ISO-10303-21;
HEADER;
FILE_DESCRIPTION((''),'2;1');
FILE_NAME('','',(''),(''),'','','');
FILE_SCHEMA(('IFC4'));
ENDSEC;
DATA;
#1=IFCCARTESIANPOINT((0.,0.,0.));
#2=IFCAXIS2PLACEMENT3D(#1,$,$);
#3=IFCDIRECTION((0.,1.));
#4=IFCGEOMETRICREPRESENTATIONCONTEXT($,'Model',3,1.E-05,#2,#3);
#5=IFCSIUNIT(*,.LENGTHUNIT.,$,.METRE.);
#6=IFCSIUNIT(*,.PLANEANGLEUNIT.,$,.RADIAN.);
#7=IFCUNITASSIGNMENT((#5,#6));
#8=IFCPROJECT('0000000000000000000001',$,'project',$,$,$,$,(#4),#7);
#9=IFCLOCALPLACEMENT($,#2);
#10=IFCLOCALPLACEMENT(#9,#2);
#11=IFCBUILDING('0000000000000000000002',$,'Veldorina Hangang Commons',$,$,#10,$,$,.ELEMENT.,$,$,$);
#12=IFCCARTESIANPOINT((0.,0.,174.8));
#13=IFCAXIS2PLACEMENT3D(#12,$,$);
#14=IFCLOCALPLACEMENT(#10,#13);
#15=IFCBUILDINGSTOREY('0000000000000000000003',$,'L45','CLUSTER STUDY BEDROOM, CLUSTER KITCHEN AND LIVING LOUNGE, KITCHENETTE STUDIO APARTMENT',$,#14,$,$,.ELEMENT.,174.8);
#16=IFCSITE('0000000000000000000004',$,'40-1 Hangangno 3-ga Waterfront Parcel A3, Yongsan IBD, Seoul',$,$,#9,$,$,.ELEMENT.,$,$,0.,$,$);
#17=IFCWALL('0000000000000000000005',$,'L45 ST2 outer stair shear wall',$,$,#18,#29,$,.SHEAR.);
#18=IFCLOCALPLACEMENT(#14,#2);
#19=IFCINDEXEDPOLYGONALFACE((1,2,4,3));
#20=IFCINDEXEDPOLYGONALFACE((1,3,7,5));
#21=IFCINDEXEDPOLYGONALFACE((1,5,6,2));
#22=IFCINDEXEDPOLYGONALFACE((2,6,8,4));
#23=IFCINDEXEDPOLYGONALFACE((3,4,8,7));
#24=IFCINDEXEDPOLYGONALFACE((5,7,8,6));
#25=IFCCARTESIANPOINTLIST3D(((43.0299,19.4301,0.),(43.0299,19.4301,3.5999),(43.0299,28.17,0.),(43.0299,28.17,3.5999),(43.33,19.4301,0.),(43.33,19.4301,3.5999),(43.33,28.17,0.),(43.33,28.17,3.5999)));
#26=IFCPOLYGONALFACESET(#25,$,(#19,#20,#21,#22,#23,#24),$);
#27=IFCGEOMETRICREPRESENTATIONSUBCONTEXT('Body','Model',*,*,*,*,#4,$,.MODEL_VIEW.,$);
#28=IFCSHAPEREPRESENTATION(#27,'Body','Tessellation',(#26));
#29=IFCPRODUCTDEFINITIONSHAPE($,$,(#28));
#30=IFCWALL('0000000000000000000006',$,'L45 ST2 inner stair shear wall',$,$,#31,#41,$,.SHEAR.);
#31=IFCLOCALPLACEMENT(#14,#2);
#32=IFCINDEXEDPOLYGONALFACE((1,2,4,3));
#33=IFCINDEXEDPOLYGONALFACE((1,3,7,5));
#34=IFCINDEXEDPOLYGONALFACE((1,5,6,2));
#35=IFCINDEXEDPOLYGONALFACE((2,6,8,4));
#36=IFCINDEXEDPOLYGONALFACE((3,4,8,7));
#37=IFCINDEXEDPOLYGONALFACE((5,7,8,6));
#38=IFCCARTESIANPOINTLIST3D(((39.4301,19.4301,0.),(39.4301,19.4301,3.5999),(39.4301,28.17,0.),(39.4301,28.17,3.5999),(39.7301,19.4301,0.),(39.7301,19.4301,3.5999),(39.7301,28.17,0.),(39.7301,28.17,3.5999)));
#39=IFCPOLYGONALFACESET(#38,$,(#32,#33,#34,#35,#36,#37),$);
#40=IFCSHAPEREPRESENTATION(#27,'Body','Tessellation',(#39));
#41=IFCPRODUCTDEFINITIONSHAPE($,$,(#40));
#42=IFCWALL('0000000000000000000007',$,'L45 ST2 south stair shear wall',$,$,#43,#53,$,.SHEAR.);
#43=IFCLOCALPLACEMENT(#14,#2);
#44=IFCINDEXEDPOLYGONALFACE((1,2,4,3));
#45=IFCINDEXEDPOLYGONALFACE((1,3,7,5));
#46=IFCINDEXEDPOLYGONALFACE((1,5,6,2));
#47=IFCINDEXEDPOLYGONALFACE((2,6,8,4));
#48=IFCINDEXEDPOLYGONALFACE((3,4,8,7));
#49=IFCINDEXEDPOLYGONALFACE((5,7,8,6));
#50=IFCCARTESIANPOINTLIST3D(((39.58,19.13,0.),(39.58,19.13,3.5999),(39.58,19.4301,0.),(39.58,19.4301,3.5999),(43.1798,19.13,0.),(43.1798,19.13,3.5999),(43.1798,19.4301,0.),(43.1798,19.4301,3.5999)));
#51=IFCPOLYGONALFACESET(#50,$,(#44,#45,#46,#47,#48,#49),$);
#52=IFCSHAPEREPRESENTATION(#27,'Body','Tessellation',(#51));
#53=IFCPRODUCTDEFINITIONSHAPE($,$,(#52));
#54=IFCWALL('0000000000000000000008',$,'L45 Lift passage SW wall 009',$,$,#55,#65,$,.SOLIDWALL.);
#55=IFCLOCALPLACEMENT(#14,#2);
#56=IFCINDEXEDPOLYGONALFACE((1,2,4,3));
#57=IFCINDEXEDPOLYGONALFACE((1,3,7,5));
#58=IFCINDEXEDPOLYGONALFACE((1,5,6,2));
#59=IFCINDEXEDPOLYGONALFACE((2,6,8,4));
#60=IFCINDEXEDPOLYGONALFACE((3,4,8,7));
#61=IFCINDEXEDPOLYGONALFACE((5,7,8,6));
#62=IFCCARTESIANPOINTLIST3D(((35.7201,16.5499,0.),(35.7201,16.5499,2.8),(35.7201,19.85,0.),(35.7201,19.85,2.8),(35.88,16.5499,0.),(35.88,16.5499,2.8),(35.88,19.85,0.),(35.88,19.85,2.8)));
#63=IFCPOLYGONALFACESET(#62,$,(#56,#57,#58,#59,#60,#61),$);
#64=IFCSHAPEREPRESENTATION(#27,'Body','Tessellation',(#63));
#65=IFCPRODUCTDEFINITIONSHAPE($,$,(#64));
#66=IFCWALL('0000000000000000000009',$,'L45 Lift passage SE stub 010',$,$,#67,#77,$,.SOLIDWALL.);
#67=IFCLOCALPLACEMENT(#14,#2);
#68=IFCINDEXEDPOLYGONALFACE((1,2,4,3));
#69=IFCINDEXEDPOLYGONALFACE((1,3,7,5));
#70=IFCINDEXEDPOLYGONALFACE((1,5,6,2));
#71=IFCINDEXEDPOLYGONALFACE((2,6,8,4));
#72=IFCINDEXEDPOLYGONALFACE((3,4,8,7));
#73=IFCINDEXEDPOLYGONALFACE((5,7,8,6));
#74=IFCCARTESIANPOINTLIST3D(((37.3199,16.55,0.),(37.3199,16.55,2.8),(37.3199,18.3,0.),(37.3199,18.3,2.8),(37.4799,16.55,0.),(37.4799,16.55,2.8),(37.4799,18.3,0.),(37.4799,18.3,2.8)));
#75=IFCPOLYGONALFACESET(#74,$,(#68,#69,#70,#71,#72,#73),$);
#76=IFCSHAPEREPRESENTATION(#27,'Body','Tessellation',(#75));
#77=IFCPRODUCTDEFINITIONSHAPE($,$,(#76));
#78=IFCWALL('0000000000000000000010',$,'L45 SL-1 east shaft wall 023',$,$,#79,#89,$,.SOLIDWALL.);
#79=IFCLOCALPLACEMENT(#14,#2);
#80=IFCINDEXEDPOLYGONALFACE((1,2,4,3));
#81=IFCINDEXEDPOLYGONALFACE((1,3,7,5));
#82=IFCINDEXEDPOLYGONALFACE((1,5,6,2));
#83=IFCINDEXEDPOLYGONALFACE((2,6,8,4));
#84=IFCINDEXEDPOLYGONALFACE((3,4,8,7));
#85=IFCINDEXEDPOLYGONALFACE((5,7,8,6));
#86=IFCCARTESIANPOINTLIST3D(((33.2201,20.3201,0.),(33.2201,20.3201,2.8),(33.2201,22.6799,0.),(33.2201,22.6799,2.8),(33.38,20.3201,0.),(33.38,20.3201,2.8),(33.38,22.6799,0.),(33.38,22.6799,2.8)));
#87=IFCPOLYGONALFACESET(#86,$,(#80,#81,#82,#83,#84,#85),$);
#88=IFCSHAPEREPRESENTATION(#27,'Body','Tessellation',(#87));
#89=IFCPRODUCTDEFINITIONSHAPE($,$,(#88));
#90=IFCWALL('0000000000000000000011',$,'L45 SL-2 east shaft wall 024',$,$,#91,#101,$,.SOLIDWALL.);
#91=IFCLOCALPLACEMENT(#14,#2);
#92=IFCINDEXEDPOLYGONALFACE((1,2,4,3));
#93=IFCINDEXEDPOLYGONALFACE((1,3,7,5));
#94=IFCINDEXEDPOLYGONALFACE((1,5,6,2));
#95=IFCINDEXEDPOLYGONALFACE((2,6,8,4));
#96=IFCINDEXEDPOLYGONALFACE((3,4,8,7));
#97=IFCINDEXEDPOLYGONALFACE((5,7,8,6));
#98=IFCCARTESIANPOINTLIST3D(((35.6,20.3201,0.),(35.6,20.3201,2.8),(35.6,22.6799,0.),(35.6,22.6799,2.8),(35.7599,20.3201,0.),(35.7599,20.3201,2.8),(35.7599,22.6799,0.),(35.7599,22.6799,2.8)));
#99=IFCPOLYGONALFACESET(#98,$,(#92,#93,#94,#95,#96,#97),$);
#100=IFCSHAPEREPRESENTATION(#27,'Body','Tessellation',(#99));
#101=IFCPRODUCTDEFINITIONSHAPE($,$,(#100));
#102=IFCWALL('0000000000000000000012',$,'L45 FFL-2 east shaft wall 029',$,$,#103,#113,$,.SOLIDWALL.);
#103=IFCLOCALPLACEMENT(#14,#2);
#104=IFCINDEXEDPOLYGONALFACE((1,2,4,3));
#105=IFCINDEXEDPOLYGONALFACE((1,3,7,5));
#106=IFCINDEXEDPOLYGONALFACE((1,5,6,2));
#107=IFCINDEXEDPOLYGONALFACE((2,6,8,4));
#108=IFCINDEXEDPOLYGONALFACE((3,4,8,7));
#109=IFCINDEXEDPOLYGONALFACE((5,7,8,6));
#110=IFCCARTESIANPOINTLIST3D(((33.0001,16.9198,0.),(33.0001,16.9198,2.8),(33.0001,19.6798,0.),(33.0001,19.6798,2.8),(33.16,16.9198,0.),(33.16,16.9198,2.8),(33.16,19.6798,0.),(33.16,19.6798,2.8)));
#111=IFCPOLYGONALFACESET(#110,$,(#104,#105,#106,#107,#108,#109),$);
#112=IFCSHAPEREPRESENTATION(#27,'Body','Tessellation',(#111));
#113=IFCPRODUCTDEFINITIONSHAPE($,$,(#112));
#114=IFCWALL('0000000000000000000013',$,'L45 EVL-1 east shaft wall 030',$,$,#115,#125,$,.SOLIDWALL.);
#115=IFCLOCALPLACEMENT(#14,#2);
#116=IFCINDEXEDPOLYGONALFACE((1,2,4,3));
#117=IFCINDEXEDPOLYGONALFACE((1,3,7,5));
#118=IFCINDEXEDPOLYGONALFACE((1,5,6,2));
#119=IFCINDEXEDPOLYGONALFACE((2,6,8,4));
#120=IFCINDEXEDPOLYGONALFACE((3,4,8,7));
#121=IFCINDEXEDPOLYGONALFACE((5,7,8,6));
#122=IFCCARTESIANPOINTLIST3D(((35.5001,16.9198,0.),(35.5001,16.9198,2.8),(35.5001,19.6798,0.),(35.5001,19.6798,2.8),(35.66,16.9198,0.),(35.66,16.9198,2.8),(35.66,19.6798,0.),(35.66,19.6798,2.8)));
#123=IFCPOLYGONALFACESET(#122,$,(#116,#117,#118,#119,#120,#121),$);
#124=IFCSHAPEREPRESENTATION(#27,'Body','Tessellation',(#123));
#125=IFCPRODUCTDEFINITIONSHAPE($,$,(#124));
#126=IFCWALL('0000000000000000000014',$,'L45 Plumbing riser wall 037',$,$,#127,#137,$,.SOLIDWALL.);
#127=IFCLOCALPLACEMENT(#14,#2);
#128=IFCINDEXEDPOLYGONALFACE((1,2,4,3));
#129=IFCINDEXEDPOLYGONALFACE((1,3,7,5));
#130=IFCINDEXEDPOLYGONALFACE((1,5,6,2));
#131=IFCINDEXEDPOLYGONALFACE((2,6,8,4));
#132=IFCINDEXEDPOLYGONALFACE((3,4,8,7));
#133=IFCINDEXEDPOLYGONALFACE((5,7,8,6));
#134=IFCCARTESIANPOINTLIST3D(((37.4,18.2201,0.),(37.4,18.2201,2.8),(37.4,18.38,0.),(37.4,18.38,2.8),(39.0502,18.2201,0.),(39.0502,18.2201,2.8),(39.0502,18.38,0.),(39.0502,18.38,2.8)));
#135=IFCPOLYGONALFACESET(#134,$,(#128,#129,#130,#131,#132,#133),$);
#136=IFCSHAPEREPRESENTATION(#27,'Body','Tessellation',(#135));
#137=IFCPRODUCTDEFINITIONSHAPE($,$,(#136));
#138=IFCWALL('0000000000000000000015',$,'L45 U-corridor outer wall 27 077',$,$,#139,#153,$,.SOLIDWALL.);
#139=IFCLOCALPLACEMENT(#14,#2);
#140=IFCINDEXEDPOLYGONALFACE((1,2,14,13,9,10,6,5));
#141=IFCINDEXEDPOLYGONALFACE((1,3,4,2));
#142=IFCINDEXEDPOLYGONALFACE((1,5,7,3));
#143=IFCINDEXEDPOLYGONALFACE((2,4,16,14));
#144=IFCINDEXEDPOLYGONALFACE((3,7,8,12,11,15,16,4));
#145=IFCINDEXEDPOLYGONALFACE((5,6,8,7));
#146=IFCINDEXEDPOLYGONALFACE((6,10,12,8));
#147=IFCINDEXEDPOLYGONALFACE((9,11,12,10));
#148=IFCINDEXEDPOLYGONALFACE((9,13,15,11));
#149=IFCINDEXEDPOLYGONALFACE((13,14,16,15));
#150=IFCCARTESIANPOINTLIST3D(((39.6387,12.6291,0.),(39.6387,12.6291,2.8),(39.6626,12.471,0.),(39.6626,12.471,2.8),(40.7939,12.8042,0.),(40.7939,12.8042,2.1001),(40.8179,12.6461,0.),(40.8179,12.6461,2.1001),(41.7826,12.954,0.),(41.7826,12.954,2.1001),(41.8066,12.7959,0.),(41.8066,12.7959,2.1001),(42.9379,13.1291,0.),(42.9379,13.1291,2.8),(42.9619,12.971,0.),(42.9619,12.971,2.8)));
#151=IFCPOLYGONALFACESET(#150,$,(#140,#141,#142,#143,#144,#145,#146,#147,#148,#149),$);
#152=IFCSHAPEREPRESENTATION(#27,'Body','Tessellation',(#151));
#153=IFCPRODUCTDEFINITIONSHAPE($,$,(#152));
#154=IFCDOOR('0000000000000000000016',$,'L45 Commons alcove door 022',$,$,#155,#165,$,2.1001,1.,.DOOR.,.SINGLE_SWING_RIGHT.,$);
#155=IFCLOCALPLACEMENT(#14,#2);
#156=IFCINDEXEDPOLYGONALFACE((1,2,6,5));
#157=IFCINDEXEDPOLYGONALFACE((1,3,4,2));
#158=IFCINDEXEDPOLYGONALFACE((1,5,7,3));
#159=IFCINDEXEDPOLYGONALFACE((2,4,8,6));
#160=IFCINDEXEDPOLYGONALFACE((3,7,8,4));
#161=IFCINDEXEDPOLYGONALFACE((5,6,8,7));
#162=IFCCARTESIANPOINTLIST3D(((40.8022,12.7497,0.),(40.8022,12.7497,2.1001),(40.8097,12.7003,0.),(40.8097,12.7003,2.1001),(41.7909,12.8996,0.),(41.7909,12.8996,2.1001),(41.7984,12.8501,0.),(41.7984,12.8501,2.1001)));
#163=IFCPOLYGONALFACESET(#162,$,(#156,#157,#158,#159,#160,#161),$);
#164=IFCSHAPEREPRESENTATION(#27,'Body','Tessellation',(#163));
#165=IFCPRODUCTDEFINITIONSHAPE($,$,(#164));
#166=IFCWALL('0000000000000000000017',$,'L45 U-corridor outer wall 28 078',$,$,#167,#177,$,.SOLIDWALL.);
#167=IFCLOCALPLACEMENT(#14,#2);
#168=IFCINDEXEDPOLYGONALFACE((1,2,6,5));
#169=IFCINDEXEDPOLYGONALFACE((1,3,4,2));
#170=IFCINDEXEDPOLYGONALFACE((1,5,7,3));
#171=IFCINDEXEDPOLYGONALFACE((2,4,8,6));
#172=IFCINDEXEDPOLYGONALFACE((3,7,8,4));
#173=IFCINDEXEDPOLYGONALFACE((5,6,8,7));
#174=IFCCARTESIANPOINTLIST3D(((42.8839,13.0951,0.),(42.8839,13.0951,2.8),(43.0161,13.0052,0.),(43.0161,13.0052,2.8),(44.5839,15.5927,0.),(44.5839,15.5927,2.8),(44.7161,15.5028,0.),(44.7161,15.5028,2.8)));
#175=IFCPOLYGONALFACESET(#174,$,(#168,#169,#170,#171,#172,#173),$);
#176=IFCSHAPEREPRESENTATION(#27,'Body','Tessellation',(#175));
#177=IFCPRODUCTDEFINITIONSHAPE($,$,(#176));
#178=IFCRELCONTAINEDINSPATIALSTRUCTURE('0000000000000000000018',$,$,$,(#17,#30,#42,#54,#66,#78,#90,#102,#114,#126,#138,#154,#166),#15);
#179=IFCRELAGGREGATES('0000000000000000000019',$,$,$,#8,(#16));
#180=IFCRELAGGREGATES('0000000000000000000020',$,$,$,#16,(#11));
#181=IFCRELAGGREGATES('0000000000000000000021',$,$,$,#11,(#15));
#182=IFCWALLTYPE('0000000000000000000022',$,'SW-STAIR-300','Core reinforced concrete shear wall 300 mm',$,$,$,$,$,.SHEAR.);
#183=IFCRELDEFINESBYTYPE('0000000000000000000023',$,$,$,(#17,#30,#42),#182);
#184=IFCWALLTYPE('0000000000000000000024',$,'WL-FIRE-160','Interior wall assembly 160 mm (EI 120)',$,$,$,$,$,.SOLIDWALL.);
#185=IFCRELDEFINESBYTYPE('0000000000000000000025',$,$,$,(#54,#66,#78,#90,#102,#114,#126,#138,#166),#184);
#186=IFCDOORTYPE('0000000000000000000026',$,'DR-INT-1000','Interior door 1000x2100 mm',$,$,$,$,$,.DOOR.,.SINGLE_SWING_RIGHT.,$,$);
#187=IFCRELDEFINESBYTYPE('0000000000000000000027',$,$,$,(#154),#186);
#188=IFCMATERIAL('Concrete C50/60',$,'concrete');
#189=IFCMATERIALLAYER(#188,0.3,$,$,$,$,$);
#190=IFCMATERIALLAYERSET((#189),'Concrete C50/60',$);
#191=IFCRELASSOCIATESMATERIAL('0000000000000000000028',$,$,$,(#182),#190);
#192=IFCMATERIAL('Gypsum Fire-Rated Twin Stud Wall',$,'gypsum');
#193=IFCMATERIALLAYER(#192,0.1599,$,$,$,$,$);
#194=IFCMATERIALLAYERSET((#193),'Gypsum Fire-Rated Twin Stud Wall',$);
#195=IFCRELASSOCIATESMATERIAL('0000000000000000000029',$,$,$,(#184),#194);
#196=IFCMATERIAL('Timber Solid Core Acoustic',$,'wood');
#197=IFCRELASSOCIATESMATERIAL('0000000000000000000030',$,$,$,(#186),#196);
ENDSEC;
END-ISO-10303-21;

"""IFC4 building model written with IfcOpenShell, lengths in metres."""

from ifc_helpers import new_model, si_unit, direction, frame, frame_2d, origin, place, context, subcontext, project, spatial, rectangle, extrude, material, layer, layer_set, type_object, element, fill, save


model = new_model("IFC4")

# Units and contexts
model_context = context("Model", 3, precision=1e-05, world=origin(), true_north=direction((0.0, 1.0)))
body_context = subcontext(model_context, "Body", "Model", "MODEL_VIEW")
ifc_project = project(units=[si_unit("LENGTHUNIT", "METRE"), si_unit("PLANEANGLEUNIT", "RADIAN")], contexts=[model_context])

# Site, building, storey
site_placement = place(None, origin())
site = spatial("IfcSite", under=ifc_project, at=site_placement, Name="40-1 Hangangno 3-ga Waterfront Parcel A3, Yongsan IBD, Seoul", CompositionType="ELEMENT", RefElevation=0.0)
building_placement = place(site_placement, origin())
building = spatial("IfcBuilding", under=site, at=building_placement, Name="Veldorina Hangang Commons", CompositionType="ELEMENT")
storey_placement = place(building_placement, frame((0.0, 0.0, 174.8)))
storey = spatial("IfcBuildingStorey", under=building, at=storey_placement, Name="L45", Description="CLUSTER STUDY BEDROOM, CLUSTER KITCHEN AND LIVING LOUNGE, KITCHENETTE STUDIO APARTMENT", CompositionType="ELEMENT", Elevation=174.8)

# Walls
ifc_material_1 = material(Name="Concrete C50/60", Category="concrete")
ifc_layer_1 = layer(ifc_material_1, 0.3)
ifc_layer_set_1 = layer_set([ifc_layer_1], Name="Concrete C50/60")
wall_type_1 = type_object("IfcWallType", Name="SW-STAIR-300", Description="Core reinforced concrete shear wall 300 mm", PredefinedType="SHEAR", material=ifc_layer_set_1)
for number, where, z_axis, x_axis, name in (
    (1, (43.1799, 19.4299, 0.0), (0.0, 0.0, 1.0), (0.0, 1.0, 0.0), "L45 ST2 outer stair shear wall"),
    (2, (39.5801, 19.4299, 0.0), (0.0, 0.0, 1.0), (0.0, 1.0, 0.0), "L45 ST2 inner stair shear wall"),
):
    element("IfcWall", number, at=place(storey_placement, frame(where, z_axis=z_axis, x_axis=x_axis)), inside=storey, type_object=wall_type_1, Name=name, PredefinedType="SHEAR", context=body_context, shape_type="SweptSolid", body=[
        extrude(rectangle(XDim=8.74, YDim=0.3, at=frame_2d((4.3701, 0.0))), origin(), (0.0, 0.0, 1.0), 3.5999),
    ])
wall_1_placement = place(storey_placement, frame((39.5801, 19.28, 0.0), z_axis=(0.0, 0.0, 1.0), x_axis=(1.0, 0.0, 0.0)))
element("IfcWall", 3, at=wall_1_placement, inside=storey, type_object=wall_type_1, Name="L45 ST2 south stair shear wall", PredefinedType="SHEAR", context=body_context, shape_type="SweptSolid", body=[
    extrude(rectangle(XDim=3.5999, YDim=0.3, at=frame_2d((1.7998, 0.0))), origin(), (0.0, 0.0, 1.0), 3.5999),
])
ifc_material_2 = material(Name="Gypsum Fire-Rated Twin Stud Wall", Category="gypsum")
ifc_layer_2 = layer(ifc_material_2, 0.1599)
ifc_layer_set_2 = layer_set([ifc_layer_2], Name="Gypsum Fire-Rated Twin Stud Wall")
wall_type_2 = type_object("IfcWallType", Name="WL-FIRE-160", Description="Interior wall assembly 160 mm (EI 120)", PredefinedType="SOLIDWALL", material=ifc_layer_set_2)
wall_2_placement = place(storey_placement, frame((35.8, 16.55, 0.0), z_axis=(0.0, 0.0, 1.0), x_axis=(0.0, 1.0, 0.0)))
element("IfcWall", 4, at=wall_2_placement, inside=storey, type_object=wall_type_2, Name="L45 Lift passage SW wall 009", PredefinedType="SOLIDWALL", context=body_context, shape_type="SweptSolid", body=[
    extrude(rectangle(XDim=3.3, YDim=0.1599, at=frame_2d((1.6499, 0.0))), origin(), (0.0, 0.0, 1.0), 2.8),
])
wall_3_placement = place(storey_placement, frame((37.3999, 16.55, 0.0), z_axis=(0.0, 0.0, 1.0), x_axis=(0.0, 1.0, 0.0)))
element("IfcWall", 5, at=wall_3_placement, inside=storey, type_object=wall_type_2, Name="L45 Lift passage SE stub 010", PredefinedType="SOLIDWALL", context=body_context, shape_type="SweptSolid", body=[
    extrude(rectangle(XDim=1.75, YDim=0.1599, at=frame_2d((0.875, 0.0))), origin(), (0.0, 0.0, 1.0), 2.8),
])
for number, where, z_axis, x_axis, name in (
    (6, (33.3, 20.3201, 0.0), (0.0, 0.0, 1.0), (0.0, 1.0, 0.0), "L45 SL-1 east shaft wall 023"),
    (7, (35.6799, 20.3201, 0.0), (0.0, 0.0, 1.0), (0.0, 1.0, 0.0), "L45 SL-2 east shaft wall 024"),
):
    element("IfcWall", number, at=place(storey_placement, frame(where, z_axis=z_axis, x_axis=x_axis)), inside=storey, type_object=wall_type_2, Name=name, PredefinedType="SOLIDWALL", context=body_context, shape_type="SweptSolid", body=[
        extrude(rectangle(XDim=2.3599, YDim=0.1599, at=frame_2d((1.1799, 0.0))), origin(), (0.0, 0.0, 1.0), 2.8),
    ])
for number, where, z_axis, x_axis, name in (
    (8, (33.0801, 16.9199, 0.0), (0.0, 0.0, 1.0), (0.0, 1.0, 0.0), "L45 FFL-2 east shaft wall 029"),
    (9, (35.5801, 16.9199, 0.0), (0.0, 0.0, 1.0), (0.0, 1.0, 0.0), "L45 EVL-1 east shaft wall 030"),
):
    element("IfcWall", number, at=place(storey_placement, frame(where, z_axis=z_axis, x_axis=x_axis)), inside=storey, type_object=wall_type_2, Name=name, PredefinedType="SOLIDWALL", context=body_context, shape_type="SweptSolid", body=[
        extrude(rectangle(XDim=2.76, YDim=0.1599, at=frame_2d((1.3799, 0.0))), origin(), (0.0, 0.0, 1.0), 2.8),
    ])
wall_4_placement = place(storey_placement, frame((37.3999, 18.3, 0.0), z_axis=(0.0, 0.0, 1.0), x_axis=(1.0, 0.0, 0.0)))
element("IfcWall", 10, at=wall_4_placement, inside=storey, type_object=wall_type_2, Name="L45 Plumbing riser wall 037", PredefinedType="SOLIDWALL", context=body_context, shape_type="SweptSolid", body=[
    extrude(rectangle(XDim=1.6501, YDim=0.1599, at=frame_2d((0.8252, 0.0))), origin(), (0.0, 0.0, 1.0), 2.8),
])

# Wall, opening, door
wall_5_placement = place(storey_placement, frame((39.6506, 12.55, 0.0), z_axis=(0.0, 0.0, 1.0), x_axis=(0.988711, 0.149836, 0.0)))
wall_5 = element("IfcWall", 11, at=wall_5_placement, inside=storey, type_object=wall_type_2, Name="L45 U-corridor outer wall 27 077", PredefinedType="SOLIDWALL", context=body_context, shape_type="SweptSolid", body=[
    extrude(rectangle(XDim=3.3369, YDim=0.1599, at=frame_2d((1.6685, 0.0))), origin(), (0.0, 0.0, 1.0), 2.8),
])
opening_1_placement = place(wall_5_placement, frame((1.1685, 0.0, 0.0)))
opening_1 = element("IfcOpeningElement", 12, at=opening_1_placement, cuts=wall_5, PredefinedType="OPENING", context=body_context, shape_type="SweptSolid", body=[
    extrude(rectangle(XDim=1.0, YDim=2.1001, at=frame_2d((0.5, 1.05))), frame((0.0, 0.0898, 0.0), z_axis=(0.0, -1.0, 0.0), x_axis=(1.0, 0.0, 0.0)), (0.0, 0.0, 1.0), 0.1799),
])
ifc_material_3 = material(Name="Timber Solid Core Acoustic", Category="wood")
door_type_1 = type_object("IfcDoorType", Name="DR-INT-1000", Description="Interior door 1000x2100 mm", OperationType="SINGLE_SWING_RIGHT", PredefinedType="DOOR", material=ifc_material_3)
door_1_placement = place(opening_1_placement, origin())
door_1 = element("IfcDoor", 13, at=door_1_placement, inside=storey, type_object=door_type_1, Name="L45 Commons alcove door 022", OperationType="SINGLE_SWING_RIGHT", OverallHeight=2.1001, OverallWidth=1.0, PredefinedType="DOOR", context=body_context, shape_type="SweptSolid", body=[
    extrude(rectangle(XDim=1.0, YDim=2.1001, at=frame_2d((0.5, 1.05))), frame((0.0, 0.0249, 0.0), z_axis=(0.0, -1.0, 0.0), x_axis=(1.0, 0.0, 0.0)), (0.0, 0.0, 1.0), 0.05),
])
fill(opening_1, door_1)

# Wall
wall_6_placement = place(storey_placement, frame((42.95, 13.05, 0.0), z_axis=(0.0, 0.0, 1.0), x_axis=(0.562675, 0.826678, 0.0)))
element("IfcWall", 14, at=wall_6_placement, inside=storey, type_object=wall_type_2, Name="L45 U-corridor outer wall 28 078", PredefinedType="SOLIDWALL", context=body_context, shape_type="SweptSolid", body=[
    extrude(rectangle(XDim=3.0212, YDim=0.1599, at=frame_2d((1.5107, 0.0))), origin(), (0.0, 0.0, 1.0), 2.8),
])

save(model, "model.ifc")
